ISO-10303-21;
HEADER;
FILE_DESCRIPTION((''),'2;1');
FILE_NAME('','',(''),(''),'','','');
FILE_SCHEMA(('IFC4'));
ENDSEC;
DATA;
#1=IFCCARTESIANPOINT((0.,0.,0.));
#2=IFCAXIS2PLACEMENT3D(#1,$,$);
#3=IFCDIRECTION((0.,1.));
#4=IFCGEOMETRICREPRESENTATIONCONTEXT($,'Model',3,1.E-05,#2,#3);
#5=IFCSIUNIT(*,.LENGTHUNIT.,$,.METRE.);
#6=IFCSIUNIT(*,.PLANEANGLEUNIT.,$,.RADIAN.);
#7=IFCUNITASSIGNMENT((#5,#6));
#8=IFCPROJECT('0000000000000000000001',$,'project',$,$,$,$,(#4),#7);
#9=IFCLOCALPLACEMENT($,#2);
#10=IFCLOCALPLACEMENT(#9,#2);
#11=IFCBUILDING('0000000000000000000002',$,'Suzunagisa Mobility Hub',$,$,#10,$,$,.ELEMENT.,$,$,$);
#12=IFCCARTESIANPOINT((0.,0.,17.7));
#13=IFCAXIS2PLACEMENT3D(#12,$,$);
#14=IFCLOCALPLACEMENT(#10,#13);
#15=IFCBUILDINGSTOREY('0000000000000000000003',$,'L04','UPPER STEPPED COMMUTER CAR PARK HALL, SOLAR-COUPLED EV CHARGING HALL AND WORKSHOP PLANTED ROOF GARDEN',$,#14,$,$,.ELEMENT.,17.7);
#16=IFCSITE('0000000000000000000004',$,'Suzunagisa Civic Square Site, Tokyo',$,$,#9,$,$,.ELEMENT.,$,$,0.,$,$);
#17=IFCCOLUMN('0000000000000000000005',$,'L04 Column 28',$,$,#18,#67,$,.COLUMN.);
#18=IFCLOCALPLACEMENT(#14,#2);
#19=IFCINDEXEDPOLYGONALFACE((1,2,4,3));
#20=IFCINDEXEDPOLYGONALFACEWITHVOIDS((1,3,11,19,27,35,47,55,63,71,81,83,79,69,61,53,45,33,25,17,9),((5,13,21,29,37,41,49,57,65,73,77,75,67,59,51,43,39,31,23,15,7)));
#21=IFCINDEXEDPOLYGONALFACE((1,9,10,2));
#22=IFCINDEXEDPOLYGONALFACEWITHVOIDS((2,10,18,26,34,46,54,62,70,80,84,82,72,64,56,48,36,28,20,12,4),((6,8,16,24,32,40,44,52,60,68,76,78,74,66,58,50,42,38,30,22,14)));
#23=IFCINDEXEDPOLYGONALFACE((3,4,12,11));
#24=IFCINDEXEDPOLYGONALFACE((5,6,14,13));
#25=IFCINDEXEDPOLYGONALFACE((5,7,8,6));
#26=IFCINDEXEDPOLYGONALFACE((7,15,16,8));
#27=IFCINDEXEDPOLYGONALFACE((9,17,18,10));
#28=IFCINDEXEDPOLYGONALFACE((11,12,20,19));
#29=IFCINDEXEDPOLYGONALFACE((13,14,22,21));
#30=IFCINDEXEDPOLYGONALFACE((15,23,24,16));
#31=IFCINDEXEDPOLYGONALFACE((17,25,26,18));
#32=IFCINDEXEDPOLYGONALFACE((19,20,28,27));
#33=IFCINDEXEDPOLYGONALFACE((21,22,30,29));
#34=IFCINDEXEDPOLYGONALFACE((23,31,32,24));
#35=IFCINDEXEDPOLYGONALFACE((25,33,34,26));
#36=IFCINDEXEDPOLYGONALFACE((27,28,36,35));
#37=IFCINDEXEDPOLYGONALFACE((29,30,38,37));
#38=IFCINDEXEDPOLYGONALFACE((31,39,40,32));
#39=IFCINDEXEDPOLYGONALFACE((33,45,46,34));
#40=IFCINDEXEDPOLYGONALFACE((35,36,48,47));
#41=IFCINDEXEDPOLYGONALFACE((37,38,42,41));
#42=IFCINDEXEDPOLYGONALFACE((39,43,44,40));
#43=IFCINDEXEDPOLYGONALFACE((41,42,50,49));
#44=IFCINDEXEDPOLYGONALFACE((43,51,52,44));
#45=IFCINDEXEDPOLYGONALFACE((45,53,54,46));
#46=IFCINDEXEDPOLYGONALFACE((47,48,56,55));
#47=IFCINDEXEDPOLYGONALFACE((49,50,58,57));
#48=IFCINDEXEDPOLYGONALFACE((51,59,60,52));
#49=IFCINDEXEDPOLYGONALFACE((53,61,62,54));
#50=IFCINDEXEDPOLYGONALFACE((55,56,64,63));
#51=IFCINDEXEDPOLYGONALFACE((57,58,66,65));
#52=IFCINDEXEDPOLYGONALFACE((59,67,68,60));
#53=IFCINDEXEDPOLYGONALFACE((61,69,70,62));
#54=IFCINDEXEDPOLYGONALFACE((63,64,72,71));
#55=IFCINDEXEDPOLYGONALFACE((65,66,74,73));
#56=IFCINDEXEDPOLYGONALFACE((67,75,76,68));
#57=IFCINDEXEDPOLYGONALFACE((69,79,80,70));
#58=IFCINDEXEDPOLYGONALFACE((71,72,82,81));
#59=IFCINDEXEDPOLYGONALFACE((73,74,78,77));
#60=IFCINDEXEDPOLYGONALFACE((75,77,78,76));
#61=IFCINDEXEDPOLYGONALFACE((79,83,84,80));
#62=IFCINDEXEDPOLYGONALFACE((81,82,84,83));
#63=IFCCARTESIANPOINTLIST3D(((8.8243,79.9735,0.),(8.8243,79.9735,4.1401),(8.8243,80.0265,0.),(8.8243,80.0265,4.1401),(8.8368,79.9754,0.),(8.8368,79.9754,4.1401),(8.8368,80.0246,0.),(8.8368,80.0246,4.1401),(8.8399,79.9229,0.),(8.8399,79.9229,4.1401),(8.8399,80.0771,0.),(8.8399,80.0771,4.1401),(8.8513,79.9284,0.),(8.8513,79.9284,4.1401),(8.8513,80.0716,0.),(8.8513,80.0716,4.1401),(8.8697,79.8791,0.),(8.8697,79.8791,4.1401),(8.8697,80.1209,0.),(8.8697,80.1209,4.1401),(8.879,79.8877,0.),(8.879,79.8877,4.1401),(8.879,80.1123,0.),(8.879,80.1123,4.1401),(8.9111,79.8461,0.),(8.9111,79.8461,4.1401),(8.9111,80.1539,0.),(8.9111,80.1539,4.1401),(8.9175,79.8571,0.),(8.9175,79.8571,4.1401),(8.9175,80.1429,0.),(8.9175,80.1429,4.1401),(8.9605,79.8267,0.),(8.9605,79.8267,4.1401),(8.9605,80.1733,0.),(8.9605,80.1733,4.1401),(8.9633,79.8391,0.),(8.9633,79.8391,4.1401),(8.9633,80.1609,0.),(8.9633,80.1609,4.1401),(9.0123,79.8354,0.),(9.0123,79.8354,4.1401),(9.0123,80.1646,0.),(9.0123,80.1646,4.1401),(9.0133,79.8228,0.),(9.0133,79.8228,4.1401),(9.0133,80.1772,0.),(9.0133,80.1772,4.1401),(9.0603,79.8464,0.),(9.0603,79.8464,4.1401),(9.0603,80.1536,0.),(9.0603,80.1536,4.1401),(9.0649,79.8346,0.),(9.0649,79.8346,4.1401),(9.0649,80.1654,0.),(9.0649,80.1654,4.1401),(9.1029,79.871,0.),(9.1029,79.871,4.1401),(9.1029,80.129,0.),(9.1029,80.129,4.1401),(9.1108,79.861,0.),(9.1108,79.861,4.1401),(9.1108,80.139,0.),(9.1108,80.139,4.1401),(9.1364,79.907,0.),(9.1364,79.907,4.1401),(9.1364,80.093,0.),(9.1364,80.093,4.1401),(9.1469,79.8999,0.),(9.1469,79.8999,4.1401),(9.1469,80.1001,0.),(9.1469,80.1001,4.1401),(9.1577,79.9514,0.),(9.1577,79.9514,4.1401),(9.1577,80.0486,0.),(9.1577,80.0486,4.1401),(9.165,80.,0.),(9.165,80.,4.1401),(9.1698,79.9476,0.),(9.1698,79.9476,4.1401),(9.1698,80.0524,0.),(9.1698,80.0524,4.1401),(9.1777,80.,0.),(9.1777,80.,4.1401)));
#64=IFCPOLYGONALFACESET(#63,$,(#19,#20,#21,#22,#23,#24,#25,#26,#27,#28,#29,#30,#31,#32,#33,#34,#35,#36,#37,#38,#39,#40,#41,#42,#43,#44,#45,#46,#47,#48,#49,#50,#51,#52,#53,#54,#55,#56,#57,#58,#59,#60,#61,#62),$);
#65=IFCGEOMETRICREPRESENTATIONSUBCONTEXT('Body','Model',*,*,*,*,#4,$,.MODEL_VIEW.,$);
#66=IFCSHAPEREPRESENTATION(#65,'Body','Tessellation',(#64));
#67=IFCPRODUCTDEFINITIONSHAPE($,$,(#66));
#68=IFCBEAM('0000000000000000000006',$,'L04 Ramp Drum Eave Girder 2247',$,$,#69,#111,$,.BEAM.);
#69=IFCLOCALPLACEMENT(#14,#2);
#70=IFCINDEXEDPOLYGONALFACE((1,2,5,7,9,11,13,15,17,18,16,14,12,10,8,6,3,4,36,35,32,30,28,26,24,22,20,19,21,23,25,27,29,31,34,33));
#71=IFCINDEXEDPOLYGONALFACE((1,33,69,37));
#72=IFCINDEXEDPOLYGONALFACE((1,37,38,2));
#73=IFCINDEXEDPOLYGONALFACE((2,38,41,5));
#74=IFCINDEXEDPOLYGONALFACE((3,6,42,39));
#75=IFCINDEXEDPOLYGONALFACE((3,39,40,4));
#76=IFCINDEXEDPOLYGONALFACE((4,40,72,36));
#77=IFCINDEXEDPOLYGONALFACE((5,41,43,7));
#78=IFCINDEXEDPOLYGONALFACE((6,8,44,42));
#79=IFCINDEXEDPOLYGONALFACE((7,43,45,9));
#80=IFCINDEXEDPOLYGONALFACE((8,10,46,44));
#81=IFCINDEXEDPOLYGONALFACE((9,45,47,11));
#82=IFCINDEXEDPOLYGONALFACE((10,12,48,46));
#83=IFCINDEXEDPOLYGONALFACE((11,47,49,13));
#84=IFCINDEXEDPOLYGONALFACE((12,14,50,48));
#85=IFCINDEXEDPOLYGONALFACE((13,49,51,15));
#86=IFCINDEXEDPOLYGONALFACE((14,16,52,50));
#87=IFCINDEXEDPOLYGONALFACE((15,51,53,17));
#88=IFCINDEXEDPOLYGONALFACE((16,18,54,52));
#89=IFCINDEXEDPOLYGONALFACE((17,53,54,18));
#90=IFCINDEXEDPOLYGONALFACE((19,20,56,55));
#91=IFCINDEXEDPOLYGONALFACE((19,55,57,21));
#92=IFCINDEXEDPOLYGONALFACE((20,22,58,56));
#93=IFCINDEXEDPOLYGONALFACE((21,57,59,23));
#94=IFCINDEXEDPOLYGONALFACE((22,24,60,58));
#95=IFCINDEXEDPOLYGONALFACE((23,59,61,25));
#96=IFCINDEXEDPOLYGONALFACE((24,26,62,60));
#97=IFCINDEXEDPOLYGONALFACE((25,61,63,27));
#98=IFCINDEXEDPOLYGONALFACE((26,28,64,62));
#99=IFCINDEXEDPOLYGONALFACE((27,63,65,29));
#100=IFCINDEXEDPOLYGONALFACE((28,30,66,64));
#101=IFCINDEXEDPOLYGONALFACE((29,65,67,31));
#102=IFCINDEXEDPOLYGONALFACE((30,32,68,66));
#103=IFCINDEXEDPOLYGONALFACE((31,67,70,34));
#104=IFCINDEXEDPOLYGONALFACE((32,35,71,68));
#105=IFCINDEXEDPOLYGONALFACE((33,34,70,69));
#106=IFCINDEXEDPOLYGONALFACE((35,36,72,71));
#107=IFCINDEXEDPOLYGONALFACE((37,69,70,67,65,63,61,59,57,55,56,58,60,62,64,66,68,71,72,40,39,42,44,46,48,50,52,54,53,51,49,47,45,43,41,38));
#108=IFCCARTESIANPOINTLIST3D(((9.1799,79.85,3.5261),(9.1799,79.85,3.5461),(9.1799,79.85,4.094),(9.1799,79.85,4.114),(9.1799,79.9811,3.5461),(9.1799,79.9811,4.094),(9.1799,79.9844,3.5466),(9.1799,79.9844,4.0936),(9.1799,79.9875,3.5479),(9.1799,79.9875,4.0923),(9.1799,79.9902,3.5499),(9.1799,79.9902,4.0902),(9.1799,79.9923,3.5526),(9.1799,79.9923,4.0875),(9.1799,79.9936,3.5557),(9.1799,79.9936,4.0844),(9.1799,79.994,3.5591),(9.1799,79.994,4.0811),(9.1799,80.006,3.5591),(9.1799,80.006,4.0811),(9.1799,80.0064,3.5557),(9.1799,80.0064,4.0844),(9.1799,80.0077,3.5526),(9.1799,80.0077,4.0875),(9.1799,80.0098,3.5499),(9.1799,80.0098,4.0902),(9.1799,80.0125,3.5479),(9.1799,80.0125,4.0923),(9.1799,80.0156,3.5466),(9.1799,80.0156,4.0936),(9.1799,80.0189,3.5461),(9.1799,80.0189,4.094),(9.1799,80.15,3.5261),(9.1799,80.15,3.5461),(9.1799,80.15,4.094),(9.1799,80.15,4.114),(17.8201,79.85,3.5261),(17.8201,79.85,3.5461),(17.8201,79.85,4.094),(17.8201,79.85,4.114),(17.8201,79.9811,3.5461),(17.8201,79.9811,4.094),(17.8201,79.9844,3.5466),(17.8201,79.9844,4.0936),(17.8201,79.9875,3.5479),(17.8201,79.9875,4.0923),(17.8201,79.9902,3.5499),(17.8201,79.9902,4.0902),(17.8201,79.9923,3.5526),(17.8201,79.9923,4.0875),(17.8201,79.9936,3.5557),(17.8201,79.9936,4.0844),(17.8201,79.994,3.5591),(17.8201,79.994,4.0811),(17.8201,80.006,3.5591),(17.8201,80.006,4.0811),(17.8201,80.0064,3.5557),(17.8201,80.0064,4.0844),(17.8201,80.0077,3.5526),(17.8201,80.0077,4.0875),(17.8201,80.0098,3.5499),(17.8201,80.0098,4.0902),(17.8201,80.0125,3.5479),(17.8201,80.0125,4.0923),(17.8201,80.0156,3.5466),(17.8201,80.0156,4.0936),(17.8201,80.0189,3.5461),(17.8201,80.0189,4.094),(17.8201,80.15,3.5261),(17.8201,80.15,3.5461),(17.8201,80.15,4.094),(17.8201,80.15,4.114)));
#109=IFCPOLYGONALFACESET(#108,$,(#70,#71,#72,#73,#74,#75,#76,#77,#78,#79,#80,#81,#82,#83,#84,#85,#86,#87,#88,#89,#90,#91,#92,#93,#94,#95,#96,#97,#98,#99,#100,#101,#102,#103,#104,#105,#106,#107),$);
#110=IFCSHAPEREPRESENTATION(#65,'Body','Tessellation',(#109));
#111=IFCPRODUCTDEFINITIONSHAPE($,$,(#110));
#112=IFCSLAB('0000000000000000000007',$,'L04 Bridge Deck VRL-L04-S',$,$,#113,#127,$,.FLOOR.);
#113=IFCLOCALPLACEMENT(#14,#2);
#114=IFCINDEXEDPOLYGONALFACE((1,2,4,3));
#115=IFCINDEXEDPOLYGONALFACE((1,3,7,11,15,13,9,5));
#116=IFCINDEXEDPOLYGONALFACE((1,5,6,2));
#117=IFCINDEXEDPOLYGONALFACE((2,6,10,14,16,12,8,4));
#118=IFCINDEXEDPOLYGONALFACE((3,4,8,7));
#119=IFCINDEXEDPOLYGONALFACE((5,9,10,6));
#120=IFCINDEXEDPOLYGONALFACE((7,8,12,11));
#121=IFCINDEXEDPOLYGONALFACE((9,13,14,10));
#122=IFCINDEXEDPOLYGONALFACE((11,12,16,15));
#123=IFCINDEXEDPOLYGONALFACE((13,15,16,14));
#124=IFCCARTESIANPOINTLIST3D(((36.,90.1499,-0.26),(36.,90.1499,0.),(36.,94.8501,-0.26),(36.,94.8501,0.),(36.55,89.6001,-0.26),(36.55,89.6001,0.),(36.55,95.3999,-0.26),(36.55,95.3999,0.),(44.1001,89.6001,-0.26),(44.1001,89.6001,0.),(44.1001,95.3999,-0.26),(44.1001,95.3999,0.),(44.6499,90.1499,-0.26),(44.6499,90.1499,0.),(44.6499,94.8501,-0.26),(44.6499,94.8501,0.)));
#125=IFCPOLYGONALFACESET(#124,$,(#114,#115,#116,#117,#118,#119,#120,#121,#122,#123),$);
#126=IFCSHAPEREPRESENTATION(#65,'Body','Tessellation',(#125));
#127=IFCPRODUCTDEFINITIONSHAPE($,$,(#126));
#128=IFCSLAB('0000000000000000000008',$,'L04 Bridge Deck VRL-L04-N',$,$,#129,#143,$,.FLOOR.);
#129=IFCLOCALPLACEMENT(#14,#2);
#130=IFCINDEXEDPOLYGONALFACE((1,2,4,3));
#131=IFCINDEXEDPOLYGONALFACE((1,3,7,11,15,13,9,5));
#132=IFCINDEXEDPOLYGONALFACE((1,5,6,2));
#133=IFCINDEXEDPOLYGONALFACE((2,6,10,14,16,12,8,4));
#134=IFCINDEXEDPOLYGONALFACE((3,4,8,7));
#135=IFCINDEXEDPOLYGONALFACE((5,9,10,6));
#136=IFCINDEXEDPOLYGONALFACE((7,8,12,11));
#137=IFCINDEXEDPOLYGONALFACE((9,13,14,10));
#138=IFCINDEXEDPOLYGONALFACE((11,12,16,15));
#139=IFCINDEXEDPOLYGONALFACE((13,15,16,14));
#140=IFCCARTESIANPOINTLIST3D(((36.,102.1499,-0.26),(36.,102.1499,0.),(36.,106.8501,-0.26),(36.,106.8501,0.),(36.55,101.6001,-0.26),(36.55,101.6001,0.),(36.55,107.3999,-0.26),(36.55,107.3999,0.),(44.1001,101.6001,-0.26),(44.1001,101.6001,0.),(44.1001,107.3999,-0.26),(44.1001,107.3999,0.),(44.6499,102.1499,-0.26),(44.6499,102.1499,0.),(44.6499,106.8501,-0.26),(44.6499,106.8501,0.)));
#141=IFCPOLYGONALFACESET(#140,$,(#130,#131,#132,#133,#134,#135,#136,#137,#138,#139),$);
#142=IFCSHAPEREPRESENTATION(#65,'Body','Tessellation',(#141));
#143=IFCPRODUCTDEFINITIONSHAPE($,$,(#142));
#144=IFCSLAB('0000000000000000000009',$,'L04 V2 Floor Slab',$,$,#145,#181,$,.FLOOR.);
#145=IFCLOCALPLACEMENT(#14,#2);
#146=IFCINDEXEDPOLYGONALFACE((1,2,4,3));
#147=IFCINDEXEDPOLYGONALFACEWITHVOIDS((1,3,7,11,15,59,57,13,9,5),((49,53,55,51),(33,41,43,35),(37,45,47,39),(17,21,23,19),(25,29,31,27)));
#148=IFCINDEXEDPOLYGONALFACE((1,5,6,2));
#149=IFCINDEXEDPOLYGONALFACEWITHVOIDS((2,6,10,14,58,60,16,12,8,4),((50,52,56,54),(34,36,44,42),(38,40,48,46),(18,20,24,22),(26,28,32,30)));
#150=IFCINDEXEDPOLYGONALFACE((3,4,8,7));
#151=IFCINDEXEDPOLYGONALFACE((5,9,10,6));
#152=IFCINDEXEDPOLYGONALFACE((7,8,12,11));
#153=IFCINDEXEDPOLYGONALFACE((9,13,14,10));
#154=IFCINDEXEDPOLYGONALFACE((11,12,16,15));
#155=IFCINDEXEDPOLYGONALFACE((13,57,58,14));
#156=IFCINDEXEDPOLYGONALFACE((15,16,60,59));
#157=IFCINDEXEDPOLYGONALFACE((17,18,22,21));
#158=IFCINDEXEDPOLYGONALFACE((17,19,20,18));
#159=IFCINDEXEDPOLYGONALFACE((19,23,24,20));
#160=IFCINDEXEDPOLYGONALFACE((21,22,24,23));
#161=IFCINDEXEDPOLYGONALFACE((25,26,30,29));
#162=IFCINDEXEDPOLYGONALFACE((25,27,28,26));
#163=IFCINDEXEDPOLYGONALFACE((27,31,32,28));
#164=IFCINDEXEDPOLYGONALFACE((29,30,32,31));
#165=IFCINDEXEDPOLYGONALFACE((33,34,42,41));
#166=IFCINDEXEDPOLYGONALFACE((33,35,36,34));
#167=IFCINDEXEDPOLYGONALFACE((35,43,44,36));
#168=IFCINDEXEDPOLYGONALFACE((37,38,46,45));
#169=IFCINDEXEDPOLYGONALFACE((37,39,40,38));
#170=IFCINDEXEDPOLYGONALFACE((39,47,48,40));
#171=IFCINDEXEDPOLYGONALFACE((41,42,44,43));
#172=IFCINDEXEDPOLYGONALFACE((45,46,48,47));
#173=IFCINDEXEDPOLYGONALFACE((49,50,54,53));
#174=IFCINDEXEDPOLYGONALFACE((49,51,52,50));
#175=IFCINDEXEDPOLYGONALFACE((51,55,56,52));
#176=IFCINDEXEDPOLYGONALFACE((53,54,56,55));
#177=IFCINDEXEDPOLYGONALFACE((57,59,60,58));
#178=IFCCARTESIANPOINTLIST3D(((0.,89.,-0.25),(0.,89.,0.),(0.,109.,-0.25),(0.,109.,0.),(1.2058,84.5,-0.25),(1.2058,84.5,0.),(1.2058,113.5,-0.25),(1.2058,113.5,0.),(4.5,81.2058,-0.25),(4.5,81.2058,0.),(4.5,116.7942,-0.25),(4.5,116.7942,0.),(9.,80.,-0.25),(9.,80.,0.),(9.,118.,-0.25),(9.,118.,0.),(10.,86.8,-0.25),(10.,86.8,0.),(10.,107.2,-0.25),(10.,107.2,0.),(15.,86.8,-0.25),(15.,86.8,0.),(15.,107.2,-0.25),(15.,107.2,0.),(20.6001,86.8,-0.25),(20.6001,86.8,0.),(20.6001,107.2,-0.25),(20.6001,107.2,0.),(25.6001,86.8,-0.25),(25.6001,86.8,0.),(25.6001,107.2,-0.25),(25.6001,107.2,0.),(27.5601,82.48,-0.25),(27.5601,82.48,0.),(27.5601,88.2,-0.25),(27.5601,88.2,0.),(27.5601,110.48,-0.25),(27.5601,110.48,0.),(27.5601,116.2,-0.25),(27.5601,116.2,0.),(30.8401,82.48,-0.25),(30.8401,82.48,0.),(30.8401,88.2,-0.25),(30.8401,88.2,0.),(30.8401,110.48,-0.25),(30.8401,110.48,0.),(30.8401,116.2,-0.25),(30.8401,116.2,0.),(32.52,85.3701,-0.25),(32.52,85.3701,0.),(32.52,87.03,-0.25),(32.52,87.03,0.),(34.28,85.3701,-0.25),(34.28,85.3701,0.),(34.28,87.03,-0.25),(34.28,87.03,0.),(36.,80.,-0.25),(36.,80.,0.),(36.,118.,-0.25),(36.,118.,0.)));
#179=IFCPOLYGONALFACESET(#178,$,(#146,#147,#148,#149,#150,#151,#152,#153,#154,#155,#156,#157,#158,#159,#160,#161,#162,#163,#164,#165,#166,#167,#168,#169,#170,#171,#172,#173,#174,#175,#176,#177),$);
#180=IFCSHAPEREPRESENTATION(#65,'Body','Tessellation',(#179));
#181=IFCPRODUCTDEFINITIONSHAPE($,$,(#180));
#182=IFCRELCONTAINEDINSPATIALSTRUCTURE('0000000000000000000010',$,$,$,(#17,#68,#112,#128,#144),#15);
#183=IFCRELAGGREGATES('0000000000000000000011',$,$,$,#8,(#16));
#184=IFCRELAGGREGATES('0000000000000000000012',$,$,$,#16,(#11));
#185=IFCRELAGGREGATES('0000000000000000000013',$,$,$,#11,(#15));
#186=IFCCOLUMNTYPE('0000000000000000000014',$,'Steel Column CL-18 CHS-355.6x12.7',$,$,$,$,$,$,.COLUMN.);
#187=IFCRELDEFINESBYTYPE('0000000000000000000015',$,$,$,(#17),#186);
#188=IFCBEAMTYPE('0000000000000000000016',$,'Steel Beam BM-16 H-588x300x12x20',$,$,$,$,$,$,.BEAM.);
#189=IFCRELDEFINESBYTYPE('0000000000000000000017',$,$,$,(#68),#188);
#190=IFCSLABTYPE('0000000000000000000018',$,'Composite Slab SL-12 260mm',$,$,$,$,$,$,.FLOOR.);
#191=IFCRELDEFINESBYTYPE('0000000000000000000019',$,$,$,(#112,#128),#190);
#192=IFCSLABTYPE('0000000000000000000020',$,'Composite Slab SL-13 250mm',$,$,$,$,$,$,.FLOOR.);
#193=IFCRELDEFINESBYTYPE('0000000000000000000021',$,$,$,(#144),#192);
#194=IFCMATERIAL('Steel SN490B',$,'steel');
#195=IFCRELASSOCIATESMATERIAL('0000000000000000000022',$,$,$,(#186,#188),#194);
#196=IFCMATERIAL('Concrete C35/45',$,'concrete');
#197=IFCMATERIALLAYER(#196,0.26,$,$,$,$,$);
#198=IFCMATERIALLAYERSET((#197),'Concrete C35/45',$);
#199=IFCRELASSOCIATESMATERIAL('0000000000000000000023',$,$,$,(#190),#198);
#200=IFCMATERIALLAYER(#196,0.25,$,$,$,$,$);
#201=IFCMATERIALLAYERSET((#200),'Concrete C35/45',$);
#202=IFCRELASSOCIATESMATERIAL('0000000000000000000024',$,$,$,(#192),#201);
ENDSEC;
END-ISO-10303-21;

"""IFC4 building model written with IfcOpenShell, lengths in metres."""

from ifc_helpers import new_model, si_unit, direction, frame, origin, origin_2d, place, context, subcontext, project, spatial, polyline, hollow_circle, i_section, outline, extrude, material, layer, layer_set, material_profile, profile_set, type_object, element, save


model = new_model("IFC4")

# Units and contexts
model_context = context("Model", 3, precision=1e-05, world=origin(), true_north=direction((0.0, 1.0)))
body_context = subcontext(model_context, "Body", "Model", "MODEL_VIEW")
ifc_project = project(units=[si_unit("LENGTHUNIT", "METRE"), si_unit("PLANEANGLEUNIT", "RADIAN")], contexts=[model_context])

# Site, building, storey
site_placement = place(None, origin())
site = spatial("IfcSite", under=ifc_project, at=site_placement, Name="Suzunagisa Civic Square Site, Tokyo", CompositionType="ELEMENT", RefElevation=0.0)
building_placement = place(site_placement, origin())
building = spatial("IfcBuilding", under=site, at=building_placement, Name="Suzunagisa Mobility Hub", CompositionType="ELEMENT")
storey_placement = place(building_placement, frame((0.0, 0.0, 17.7)))
storey = spatial("IfcBuildingStorey", under=building, at=storey_placement, Name="L04", Description="UPPER STEPPED COMMUTER CAR PARK HALL, SOLAR-COUPLED EV CHARGING HALL AND WORKSHOP PLANTED ROOF GARDEN", CompositionType="ELEMENT", Elevation=17.7)

# Column
ifc_material_1 = material(Name="Steel SN490B", Category="steel")
ifc_material_profile_1 = material_profile(ifc_material_1, hollow_circle(Radius=0.1777, WallThickness=0.0127, at=origin_2d()), Name="CHS-355.6x12.7")
ifc_profile_set_1 = profile_set([ifc_material_profile_1], Name="Steel SN490B")
column_type = type_object("IfcColumnType", Name="Steel Column CL-18 CHS-355.6x12.7", PredefinedType="COLUMN", material=ifc_profile_set_1)
column_placement = place(storey_placement, frame((9.0, 80.0, 0.0), z_axis=(0.0, 0.0, 1.0), x_axis=(1.0, 0.0, 0.0)))
element("IfcColumn", 1, at=column_placement, inside=storey, type_object=column_type, Name="L04 Column 28", PredefinedType="COLUMN", context=body_context, shape_type="SweptSolid", body=[
    extrude(hollow_circle(Radius=0.1777, WallThickness=0.0127, at=origin_2d()), origin(), (0.0, 0.0, 1.0), 4.1401),
])

# Beam
ifc_material_profile_2 = material_profile(ifc_material_1, i_section(OverallWidth=0.3, OverallDepth=0.5879, WebThickness=0.012, FlangeThickness=0.02, FilletRadius=0.0129, at=origin_2d()), Name="H-588x300x12x20")
ifc_profile_set_2 = profile_set([ifc_material_profile_2], Name="Steel SN490B")
beam_type = type_object("IfcBeamType", Name="Steel Beam BM-16 H-588x300x12x20", PredefinedType="BEAM", material=ifc_profile_set_2)
beam_placement = place(storey_placement, frame((9.1799, 80.0, 3.8201), z_axis=(1.0, 0.0, 0.0), x_axis=(0.0, 1.0, 0.0)))
element("IfcBeam", 2, at=beam_placement, inside=storey, type_object=beam_type, Name="L04 Ramp Drum Eave Girder 2247", PredefinedType="BEAM", context=body_context, shape_type="SweptSolid", body=[
    extrude(i_section(OverallWidth=0.3, OverallDepth=0.5879, WebThickness=0.012, FlangeThickness=0.02, FilletRadius=0.0129, at=origin_2d()), origin(), (0.0, 0.0, 1.0), 8.6401),
])

# Slabs
ifc_material_2 = material(Name="Concrete C35/45", Category="concrete")
ifc_layer_1 = layer(ifc_material_2, 0.26)
ifc_layer_set_1 = layer_set([ifc_layer_1], Name="Concrete C35/45")
slab_type_1 = type_object("IfcSlabType", Name="Composite Slab SL-12 260mm", PredefinedType="FLOOR", material=ifc_layer_set_1)
slab_1_placement = place(storey_placement, frame((0.0, 0.0, -0.26)))
element("IfcSlab", 3, at=slab_1_placement, inside=storey, type_object=slab_type_1, Name="L04 Bridge Deck VRL-L04-S", PredefinedType="FLOOR", context=body_context, shape_type="SweptSolid", body=[
    extrude(outline(polyline([(36.55, 89.6001), (44.1001, 89.6001), (44.6499, 90.1499), (44.6499, 94.8501), (44.1001, 95.3999), (36.55, 95.3999), (36.0, 94.8501), (36.0, 90.1499), (36.55, 89.6001)])), origin(), (0.0, 0.0, 1.0), 0.26),
])
slab_2_placement = place(storey_placement, frame((0.0, 0.0, -0.26)))
element("IfcSlab", 4, at=slab_2_placement, inside=storey, type_object=slab_type_1, Name="L04 Bridge Deck VRL-L04-N", PredefinedType="FLOOR", context=body_context, shape_type="SweptSolid", body=[
    extrude(outline(polyline([(36.55, 101.6001), (44.1001, 101.6001), (44.6499, 102.1499), (44.6499, 106.8501), (44.1001, 107.3999), (36.55, 107.3999), (36.0, 106.8501), (36.0, 102.1499), (36.55, 101.6001)])), origin(), (0.0, 0.0, 1.0), 0.26),
])
ifc_layer_2 = layer(ifc_material_2, 0.25)
ifc_layer_set_2 = layer_set([ifc_layer_2], Name="Concrete C35/45")
slab_type_2 = type_object("IfcSlabType", Name="Composite Slab SL-13 250mm", PredefinedType="FLOOR", material=ifc_layer_set_2)
slab_3_placement = place(storey_placement, frame((0.0, 0.0, -0.25)))
element("IfcSlab", 5, at=slab_3_placement, inside=storey, type_object=slab_type_2, Name="L04 V2 Floor Slab", PredefinedType="FLOOR", context=body_context, shape_type="SweptSolid", body=[
    extrude(outline(polyline([(0.0, 89.0), (1.2058, 84.5), (4.5, 81.2058), (9.0, 80.0), (36.0, 80.0), (36.0, 118.0), (9.0, 118.0), (4.5, 116.7942), (1.2058, 113.5), (0.0, 109.0), (0.0, 89.0)]), holes=[polyline([(27.5601, 82.48), (30.8401, 82.48), (30.8401, 88.2), (27.5601, 88.2), (27.5601, 82.48)]), polyline([(32.52, 85.3701), (34.28, 85.3701), (34.28, 87.03), (32.52, 87.03), (32.52, 85.3701)]), polyline([(27.5601, 110.48), (30.8401, 110.48), (30.8401, 116.2), (27.5601, 116.2), (27.5601, 110.48)]), polyline([(10.0, 86.8), (15.0, 86.8), (15.0, 107.2), (10.0, 107.2), (10.0, 86.8)]), polyline([(20.6001, 86.8), (25.6001, 86.8), (25.6001, 107.2), (20.6001, 107.2), (20.6001, 86.8)])]), origin(), (0.0, 0.0, 1.0), 0.25),
])

save(model, "model.ifc")
